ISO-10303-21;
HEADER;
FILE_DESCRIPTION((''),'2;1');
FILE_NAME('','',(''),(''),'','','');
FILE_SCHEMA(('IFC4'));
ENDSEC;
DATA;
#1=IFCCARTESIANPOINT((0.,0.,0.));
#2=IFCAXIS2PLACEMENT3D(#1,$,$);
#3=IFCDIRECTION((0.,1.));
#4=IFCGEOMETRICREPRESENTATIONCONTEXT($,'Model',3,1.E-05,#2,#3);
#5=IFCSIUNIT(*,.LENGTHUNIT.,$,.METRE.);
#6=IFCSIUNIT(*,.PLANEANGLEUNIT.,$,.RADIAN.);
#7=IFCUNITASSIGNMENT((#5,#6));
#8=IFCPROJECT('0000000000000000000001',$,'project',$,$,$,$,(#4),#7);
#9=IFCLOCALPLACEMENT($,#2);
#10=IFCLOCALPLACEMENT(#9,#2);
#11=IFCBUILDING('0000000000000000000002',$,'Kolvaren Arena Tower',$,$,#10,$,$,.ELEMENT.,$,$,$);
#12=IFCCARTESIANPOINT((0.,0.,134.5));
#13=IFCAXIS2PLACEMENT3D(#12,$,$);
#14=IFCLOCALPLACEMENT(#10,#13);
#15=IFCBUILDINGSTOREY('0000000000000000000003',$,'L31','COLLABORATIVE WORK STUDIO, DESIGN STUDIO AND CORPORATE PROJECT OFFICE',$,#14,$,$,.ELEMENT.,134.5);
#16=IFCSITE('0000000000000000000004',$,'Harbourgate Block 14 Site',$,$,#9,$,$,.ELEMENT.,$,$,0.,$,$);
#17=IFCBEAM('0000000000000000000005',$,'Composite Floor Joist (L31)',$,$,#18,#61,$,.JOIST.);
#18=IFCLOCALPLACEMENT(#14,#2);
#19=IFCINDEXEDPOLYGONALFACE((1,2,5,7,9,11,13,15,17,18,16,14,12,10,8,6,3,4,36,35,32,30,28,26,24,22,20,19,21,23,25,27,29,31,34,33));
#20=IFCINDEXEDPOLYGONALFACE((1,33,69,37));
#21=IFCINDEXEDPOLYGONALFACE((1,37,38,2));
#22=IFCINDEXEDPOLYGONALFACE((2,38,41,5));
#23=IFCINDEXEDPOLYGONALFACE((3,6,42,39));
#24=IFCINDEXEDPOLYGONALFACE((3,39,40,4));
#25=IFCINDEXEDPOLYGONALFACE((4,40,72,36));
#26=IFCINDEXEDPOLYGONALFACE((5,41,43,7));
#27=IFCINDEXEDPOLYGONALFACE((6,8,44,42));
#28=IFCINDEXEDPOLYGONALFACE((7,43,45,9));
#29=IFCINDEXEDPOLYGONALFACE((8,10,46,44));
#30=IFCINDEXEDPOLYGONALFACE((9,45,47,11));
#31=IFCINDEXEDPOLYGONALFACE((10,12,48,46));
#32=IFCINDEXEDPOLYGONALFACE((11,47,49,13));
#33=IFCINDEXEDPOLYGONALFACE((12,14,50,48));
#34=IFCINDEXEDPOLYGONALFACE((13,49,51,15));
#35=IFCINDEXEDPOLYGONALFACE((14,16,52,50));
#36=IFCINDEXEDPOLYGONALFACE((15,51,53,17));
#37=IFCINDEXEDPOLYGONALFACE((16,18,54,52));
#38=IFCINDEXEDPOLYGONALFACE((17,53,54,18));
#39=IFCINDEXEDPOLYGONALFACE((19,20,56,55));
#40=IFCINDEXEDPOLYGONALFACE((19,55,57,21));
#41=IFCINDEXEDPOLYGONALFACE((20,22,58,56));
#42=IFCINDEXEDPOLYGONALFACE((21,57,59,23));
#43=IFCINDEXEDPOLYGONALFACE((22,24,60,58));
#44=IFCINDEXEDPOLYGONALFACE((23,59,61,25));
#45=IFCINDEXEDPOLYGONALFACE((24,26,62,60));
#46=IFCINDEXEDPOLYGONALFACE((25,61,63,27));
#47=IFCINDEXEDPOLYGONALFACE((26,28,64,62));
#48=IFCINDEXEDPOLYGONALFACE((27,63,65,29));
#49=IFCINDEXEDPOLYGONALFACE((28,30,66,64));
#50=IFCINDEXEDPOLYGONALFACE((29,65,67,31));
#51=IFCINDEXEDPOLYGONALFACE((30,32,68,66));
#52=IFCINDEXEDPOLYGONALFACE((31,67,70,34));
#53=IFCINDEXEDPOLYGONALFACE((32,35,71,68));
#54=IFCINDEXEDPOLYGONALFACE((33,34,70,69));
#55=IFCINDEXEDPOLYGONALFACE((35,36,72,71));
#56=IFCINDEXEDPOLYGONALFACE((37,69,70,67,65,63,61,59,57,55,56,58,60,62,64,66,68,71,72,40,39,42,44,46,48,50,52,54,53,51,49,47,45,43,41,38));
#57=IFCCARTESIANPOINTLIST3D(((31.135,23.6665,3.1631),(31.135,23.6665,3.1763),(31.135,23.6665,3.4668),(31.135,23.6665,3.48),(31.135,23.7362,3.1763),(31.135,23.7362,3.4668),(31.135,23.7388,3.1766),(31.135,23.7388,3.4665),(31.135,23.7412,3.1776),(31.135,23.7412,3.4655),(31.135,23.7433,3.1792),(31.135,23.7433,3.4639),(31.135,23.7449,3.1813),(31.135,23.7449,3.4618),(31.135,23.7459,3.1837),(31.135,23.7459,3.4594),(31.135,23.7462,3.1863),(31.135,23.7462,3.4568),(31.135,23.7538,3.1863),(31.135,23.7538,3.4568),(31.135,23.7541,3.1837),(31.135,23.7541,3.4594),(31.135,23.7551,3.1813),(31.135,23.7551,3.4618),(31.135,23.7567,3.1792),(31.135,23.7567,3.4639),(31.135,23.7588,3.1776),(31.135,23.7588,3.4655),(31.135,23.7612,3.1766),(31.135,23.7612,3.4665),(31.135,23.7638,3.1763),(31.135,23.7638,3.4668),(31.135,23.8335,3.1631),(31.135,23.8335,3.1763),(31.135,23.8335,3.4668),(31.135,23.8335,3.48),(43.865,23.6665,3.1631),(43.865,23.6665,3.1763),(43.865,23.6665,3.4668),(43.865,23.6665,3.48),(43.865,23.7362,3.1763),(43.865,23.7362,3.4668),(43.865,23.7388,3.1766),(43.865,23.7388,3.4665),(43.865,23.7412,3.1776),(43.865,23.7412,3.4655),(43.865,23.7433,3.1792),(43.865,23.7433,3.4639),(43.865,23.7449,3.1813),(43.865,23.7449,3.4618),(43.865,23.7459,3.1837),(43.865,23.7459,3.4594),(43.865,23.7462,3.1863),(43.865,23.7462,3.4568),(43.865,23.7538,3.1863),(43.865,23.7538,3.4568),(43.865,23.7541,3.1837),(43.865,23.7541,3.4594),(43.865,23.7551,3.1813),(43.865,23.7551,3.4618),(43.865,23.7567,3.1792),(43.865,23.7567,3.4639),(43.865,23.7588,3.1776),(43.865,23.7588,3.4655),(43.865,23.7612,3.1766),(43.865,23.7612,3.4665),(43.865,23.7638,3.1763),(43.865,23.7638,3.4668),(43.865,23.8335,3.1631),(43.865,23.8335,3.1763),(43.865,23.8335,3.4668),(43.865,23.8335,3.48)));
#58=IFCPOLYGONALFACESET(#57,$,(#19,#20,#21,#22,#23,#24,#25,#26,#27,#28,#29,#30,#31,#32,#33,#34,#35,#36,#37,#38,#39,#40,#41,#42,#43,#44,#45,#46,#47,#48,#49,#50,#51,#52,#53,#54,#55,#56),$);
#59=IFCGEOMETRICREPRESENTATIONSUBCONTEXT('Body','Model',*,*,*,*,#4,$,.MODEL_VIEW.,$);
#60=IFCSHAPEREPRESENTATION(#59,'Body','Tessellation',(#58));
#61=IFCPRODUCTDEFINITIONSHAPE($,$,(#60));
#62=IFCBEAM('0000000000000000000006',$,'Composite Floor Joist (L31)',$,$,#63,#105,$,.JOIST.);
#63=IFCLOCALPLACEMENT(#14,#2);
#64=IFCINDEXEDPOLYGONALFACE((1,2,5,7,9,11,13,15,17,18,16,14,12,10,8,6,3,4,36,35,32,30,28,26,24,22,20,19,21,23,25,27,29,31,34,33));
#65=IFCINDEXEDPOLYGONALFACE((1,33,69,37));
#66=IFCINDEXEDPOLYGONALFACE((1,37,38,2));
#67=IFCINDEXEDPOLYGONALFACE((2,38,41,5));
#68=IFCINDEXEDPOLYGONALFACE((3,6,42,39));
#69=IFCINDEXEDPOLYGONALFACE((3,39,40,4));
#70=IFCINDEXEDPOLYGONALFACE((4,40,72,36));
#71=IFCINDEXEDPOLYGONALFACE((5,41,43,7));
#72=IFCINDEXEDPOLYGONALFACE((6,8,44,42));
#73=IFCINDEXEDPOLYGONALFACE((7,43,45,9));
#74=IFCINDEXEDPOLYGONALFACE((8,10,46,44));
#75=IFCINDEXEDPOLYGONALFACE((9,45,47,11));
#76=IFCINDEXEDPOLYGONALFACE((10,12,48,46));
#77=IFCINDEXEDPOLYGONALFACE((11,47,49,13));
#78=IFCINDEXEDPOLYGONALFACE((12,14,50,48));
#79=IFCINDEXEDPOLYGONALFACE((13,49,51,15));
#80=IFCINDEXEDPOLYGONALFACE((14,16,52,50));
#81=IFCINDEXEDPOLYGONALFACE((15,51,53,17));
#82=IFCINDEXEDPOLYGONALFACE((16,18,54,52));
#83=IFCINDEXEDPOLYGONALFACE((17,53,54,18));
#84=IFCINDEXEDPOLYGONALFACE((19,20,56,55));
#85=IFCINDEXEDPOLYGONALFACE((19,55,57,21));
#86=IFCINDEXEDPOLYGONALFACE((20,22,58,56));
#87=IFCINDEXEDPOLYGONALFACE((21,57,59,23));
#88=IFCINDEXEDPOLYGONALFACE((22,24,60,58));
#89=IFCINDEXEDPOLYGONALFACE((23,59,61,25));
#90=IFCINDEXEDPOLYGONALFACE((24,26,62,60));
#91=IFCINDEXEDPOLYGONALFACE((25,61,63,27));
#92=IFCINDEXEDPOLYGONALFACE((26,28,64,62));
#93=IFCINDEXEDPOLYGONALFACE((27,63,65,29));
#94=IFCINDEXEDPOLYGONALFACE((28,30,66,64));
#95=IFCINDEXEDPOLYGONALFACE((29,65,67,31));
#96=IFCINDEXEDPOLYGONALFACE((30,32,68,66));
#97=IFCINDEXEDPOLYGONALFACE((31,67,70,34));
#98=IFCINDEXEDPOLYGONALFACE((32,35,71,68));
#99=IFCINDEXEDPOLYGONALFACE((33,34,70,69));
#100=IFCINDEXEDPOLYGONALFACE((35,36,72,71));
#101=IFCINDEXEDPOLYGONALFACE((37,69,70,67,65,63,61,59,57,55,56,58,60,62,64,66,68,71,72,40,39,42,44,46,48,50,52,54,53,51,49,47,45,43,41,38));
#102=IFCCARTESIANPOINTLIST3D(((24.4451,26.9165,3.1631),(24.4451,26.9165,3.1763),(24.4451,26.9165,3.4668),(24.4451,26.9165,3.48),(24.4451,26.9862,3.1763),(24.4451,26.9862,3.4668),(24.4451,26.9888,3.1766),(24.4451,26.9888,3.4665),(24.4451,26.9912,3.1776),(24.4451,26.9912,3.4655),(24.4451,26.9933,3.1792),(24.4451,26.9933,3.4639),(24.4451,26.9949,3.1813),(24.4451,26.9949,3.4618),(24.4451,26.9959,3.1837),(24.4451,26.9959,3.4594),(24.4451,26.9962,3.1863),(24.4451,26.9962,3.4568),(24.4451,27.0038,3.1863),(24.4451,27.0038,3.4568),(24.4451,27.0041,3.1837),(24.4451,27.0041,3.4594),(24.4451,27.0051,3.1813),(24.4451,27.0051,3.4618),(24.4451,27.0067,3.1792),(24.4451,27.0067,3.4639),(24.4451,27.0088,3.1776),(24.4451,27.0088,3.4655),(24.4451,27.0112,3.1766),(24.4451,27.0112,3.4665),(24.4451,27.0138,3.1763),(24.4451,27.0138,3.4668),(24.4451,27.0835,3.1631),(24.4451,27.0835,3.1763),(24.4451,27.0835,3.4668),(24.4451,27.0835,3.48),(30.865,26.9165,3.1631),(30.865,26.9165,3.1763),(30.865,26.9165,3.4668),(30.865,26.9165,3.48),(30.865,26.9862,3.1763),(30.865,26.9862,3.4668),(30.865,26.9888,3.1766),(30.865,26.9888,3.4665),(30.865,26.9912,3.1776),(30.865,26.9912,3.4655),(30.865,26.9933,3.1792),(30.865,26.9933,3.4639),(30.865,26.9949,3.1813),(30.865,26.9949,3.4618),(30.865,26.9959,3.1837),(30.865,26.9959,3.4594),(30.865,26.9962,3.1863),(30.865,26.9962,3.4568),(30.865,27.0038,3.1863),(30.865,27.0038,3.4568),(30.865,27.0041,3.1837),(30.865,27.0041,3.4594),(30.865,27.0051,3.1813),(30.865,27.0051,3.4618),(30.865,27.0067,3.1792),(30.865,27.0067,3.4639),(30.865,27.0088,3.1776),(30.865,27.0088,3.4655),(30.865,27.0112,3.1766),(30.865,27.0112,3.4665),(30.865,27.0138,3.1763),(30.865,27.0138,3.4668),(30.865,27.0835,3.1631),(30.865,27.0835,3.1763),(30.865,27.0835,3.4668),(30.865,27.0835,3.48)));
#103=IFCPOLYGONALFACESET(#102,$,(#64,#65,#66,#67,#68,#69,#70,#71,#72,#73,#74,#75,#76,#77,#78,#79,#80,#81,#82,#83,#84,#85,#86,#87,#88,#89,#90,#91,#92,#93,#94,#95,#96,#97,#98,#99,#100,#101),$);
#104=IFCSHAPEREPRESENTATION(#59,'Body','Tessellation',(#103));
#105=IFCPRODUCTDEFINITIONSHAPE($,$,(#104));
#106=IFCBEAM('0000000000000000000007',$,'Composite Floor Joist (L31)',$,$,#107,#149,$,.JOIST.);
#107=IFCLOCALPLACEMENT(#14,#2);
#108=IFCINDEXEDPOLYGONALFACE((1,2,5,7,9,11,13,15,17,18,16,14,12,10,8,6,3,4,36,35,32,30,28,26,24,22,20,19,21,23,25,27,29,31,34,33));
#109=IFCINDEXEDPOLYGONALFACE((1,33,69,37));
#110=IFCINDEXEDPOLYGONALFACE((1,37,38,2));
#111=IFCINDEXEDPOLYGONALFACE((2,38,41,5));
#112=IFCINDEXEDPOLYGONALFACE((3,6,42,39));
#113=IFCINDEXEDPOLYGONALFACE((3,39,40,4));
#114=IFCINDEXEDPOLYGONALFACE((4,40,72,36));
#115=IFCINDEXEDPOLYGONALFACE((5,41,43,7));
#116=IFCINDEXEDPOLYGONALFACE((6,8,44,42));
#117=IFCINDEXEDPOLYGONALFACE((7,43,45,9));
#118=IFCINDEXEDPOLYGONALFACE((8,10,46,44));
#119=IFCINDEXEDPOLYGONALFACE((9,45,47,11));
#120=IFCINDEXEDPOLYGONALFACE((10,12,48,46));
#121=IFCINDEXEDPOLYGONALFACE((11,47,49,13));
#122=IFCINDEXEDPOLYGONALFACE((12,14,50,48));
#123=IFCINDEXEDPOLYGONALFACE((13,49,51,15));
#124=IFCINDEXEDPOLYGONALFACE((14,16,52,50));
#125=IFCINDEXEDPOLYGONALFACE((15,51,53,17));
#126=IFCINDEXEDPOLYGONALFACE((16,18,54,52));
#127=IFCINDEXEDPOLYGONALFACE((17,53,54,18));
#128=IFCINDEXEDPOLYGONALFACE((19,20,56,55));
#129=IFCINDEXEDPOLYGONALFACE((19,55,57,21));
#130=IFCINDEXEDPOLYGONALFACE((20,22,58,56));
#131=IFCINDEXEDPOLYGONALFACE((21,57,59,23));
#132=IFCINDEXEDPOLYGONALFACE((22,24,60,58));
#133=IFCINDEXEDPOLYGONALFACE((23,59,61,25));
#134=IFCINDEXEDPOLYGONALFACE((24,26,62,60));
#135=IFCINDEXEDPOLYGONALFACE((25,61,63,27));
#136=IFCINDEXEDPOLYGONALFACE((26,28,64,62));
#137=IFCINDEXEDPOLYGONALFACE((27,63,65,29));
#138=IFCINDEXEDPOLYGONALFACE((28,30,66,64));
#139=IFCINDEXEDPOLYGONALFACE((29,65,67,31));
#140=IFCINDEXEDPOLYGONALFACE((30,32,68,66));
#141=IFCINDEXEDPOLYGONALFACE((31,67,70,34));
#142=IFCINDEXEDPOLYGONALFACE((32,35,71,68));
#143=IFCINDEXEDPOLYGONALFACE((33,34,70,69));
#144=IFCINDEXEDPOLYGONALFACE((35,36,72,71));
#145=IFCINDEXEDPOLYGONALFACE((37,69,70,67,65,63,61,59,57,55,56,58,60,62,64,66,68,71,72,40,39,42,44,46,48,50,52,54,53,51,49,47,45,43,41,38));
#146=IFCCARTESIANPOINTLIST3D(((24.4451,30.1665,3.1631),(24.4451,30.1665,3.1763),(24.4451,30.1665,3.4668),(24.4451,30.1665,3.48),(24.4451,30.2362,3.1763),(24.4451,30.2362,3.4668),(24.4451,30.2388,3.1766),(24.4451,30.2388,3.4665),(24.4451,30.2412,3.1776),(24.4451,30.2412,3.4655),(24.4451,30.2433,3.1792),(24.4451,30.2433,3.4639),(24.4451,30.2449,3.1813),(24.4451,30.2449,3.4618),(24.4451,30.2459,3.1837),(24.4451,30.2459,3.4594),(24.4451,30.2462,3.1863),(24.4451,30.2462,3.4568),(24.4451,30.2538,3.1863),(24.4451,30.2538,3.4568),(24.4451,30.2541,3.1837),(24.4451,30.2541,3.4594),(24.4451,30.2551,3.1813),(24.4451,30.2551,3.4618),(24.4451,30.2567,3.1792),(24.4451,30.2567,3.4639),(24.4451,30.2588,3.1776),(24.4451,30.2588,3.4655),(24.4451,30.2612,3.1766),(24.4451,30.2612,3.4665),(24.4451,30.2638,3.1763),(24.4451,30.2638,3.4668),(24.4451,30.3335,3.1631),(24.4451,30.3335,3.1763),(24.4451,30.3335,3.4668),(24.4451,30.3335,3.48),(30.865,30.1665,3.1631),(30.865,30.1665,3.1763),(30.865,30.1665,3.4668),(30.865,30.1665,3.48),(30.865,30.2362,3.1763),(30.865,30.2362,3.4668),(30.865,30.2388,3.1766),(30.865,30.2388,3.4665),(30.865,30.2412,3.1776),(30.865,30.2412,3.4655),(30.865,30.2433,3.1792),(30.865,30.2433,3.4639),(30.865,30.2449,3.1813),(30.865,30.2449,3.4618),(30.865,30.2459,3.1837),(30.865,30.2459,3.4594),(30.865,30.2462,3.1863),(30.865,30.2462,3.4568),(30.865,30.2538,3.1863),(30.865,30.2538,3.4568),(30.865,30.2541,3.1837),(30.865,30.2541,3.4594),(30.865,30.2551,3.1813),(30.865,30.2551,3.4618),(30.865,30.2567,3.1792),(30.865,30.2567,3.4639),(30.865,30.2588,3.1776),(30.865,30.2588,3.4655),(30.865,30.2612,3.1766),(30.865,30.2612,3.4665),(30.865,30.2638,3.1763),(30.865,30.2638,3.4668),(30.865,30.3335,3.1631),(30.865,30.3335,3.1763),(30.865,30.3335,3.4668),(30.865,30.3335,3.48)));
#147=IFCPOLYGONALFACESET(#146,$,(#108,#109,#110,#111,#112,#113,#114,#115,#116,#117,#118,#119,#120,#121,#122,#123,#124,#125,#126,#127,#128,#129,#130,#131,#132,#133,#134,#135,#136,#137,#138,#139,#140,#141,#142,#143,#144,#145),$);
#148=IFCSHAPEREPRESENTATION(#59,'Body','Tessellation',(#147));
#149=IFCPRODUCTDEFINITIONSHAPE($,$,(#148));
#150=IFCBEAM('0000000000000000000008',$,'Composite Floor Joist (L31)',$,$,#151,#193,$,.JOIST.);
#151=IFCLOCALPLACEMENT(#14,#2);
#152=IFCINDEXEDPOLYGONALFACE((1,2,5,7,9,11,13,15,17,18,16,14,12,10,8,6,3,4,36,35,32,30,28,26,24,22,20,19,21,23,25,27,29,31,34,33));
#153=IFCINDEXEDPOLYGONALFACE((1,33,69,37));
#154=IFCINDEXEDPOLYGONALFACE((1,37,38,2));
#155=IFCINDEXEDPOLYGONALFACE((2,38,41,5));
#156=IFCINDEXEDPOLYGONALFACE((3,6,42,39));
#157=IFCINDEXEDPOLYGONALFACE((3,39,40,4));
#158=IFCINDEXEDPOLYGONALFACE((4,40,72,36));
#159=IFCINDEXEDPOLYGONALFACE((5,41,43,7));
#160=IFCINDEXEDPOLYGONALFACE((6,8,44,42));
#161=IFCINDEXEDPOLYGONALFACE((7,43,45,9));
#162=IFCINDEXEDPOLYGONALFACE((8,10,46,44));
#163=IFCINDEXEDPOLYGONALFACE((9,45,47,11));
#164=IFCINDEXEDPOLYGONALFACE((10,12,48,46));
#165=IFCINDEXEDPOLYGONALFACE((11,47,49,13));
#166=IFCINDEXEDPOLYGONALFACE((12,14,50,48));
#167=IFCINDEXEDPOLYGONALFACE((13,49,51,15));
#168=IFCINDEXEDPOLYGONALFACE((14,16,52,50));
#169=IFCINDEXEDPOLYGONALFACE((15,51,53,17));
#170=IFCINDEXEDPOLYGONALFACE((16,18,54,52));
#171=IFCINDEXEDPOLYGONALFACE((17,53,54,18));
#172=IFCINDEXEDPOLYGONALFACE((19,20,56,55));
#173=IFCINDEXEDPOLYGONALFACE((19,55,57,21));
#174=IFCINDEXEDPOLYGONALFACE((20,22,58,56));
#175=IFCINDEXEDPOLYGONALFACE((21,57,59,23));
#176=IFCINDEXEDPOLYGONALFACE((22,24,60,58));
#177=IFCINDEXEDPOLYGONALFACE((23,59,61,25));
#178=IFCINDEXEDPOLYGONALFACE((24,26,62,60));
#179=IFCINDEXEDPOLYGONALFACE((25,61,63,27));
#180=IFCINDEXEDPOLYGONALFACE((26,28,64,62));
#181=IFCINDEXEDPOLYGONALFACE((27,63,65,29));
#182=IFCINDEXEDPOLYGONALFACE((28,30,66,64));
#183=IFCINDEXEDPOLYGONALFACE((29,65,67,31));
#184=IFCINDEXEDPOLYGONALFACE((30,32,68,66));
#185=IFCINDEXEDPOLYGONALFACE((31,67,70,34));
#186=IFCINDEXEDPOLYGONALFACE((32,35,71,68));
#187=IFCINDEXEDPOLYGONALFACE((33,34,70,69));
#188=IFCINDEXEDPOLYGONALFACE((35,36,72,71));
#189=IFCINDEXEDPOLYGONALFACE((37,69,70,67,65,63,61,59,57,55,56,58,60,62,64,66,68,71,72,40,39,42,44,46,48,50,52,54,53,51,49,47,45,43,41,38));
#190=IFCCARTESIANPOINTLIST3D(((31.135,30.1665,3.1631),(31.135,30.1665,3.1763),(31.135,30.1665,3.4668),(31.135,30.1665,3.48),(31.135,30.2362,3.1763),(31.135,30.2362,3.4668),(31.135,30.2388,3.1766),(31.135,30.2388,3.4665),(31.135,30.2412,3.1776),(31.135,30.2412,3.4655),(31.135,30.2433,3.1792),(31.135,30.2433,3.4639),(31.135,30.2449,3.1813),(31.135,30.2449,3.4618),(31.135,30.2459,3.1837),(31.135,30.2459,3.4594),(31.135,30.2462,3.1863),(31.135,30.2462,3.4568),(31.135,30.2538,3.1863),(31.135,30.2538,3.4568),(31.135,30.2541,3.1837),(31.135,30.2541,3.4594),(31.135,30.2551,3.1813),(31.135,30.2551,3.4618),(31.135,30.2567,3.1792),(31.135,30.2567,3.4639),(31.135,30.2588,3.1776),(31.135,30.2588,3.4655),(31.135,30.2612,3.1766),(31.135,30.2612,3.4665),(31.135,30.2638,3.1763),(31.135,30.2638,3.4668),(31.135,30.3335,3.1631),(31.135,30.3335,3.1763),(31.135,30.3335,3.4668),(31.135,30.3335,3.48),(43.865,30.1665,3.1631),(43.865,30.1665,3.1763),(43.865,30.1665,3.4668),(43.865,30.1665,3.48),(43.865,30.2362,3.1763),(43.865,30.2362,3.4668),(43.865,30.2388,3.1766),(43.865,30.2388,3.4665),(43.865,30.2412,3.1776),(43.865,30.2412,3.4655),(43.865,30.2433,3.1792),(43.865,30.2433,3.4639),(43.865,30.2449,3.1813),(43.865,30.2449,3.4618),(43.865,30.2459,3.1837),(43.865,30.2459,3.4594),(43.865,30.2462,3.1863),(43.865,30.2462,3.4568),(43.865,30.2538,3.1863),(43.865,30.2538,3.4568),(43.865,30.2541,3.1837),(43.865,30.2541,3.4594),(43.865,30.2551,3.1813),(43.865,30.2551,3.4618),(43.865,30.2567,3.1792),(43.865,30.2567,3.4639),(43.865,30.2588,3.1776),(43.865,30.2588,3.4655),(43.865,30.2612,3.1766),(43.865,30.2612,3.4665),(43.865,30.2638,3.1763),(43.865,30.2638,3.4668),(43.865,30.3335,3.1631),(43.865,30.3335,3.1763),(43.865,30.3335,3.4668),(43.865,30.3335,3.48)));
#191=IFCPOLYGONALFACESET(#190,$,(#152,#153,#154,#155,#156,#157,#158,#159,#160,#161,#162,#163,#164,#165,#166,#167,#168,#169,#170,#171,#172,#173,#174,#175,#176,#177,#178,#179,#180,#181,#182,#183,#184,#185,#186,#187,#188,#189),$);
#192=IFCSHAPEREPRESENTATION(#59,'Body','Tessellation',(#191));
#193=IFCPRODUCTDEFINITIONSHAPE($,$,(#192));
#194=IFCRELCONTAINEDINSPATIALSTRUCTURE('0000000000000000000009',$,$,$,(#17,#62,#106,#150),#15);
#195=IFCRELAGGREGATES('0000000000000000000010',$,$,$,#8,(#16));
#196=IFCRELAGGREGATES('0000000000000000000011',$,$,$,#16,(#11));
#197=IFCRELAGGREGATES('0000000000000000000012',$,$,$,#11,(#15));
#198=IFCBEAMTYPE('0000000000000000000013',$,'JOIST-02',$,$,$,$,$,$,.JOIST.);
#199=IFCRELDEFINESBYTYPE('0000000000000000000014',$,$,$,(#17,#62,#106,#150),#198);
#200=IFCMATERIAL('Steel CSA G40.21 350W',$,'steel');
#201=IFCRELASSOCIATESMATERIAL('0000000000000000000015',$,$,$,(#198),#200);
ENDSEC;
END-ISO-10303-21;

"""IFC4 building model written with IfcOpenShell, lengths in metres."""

from ifc_helpers import new_model, si_unit, direction, frame, origin, origin_2d, place, context, subcontext, project, spatial, i_section, extrude, material, material_profile, profile_set, type_object, element, save


model = new_model("IFC4")

# Units and contexts
model_context = context("Model", 3, precision=1e-05, world=origin(), true_north=direction((0.0, 1.0)))
body_context = subcontext(model_context, "Body", "Model", "MODEL_VIEW")
ifc_project = project(units=[si_unit("LENGTHUNIT", "METRE"), si_unit("PLANEANGLEUNIT", "RADIAN")], contexts=[model_context])

# Site, building, storey
site_placement = place(None, origin())
site = spatial("IfcSite", under=ifc_project, at=site_placement, Name="Harbourgate Block 14 Site", CompositionType="ELEMENT", RefElevation=0.0)
building_placement = place(site_placement, origin())
building = spatial("IfcBuilding", under=site, at=building_placement, Name="Kolvaren Arena Tower", CompositionType="ELEMENT")
storey_placement = place(building_placement, frame((0.0, 0.0, 134.5)))
storey = spatial("IfcBuildingStorey", under=building, at=storey_placement, Name="L31", Description="COLLABORATIVE WORK STUDIO, DESIGN STUDIO AND CORPORATE PROJECT OFFICE", CompositionType="ELEMENT", Elevation=134.5)

# Beams
ifc_material_1 = material(Name="Steel CSA G40.21 350W", Category="steel")
ifc_material_profile_1 = material_profile(ifc_material_1, i_section(OverallWidth=0.167, OverallDepth=0.3169, WebThickness=0.0076, FlangeThickness=0.0132, FilletRadius=0.01, at=origin_2d()), Name="W310x52")
ifc_profile_set_1 = profile_set([ifc_material_profile_1], Name="Steel CSA G40.21 350W")
beam_type_1 = type_object("IfcBeamType", Name="JOIST-02", PredefinedType="JOIST", material=ifc_profile_set_1)
beam_1_placement = place(storey_placement, frame((31.135, 23.75, 3.3215), z_axis=(1.0, 0.0, 0.0), x_axis=(0.0, 1.0, 0.0)))
element("IfcBeam", 1, at=beam_1_placement, inside=storey, type_object=beam_type_1, Name="Composite Floor Joist (L31)", PredefinedType="JOIST", context=body_context, shape_type="SweptSolid", body=[
    extrude(i_section(OverallWidth=0.167, OverallDepth=0.3169, WebThickness=0.0076, FlangeThickness=0.0132, FilletRadius=0.01, at=origin_2d()), origin(), (0.0, 0.0, 1.0), 12.73),
])
for number, where, z_axis, x_axis, name in (
    (2, (24.4451, 27.0, 3.3215), (1.0, 0.0, 0.0), (0.0, 1.0, 0.0), "Composite Floor Joist (L31)"),
    (3, (24.4451, 30.25, 3.3215), (1.0, 0.0, 0.0), (0.0, 1.0, 0.0), "Composite Floor Joist (L31)"),
):
    element("IfcBeam", number, at=place(storey_placement, frame(where, z_axis=z_axis, x_axis=x_axis)), inside=storey, type_object=beam_type_1, Name=name, PredefinedType="JOIST", context=body_context, shape_type="SweptSolid", body=[
        extrude(i_section(OverallWidth=0.167, OverallDepth=0.3169, WebThickness=0.0076, FlangeThickness=0.0132, FilletRadius=0.01, at=origin_2d()), origin(), (0.0, 0.0, 1.0), 6.4199),
    ])
beam_2_placement = place(storey_placement, frame((31.135, 30.25, 3.3215), z_axis=(1.0, 0.0, 0.0), x_axis=(0.0, 1.0, 0.0)))
element("IfcBeam", 4, at=beam_2_placement, inside=storey, type_object=beam_type_1, Name="Composite Floor Joist (L31)", PredefinedType="JOIST", context=body_context, shape_type="SweptSolid", body=[
    extrude(i_section(OverallWidth=0.167, OverallDepth=0.3169, WebThickness=0.0076, FlangeThickness=0.0132, FilletRadius=0.01, at=origin_2d()), origin(), (0.0, 0.0, 1.0), 12.73),
])

save(model, "model.ifc")
